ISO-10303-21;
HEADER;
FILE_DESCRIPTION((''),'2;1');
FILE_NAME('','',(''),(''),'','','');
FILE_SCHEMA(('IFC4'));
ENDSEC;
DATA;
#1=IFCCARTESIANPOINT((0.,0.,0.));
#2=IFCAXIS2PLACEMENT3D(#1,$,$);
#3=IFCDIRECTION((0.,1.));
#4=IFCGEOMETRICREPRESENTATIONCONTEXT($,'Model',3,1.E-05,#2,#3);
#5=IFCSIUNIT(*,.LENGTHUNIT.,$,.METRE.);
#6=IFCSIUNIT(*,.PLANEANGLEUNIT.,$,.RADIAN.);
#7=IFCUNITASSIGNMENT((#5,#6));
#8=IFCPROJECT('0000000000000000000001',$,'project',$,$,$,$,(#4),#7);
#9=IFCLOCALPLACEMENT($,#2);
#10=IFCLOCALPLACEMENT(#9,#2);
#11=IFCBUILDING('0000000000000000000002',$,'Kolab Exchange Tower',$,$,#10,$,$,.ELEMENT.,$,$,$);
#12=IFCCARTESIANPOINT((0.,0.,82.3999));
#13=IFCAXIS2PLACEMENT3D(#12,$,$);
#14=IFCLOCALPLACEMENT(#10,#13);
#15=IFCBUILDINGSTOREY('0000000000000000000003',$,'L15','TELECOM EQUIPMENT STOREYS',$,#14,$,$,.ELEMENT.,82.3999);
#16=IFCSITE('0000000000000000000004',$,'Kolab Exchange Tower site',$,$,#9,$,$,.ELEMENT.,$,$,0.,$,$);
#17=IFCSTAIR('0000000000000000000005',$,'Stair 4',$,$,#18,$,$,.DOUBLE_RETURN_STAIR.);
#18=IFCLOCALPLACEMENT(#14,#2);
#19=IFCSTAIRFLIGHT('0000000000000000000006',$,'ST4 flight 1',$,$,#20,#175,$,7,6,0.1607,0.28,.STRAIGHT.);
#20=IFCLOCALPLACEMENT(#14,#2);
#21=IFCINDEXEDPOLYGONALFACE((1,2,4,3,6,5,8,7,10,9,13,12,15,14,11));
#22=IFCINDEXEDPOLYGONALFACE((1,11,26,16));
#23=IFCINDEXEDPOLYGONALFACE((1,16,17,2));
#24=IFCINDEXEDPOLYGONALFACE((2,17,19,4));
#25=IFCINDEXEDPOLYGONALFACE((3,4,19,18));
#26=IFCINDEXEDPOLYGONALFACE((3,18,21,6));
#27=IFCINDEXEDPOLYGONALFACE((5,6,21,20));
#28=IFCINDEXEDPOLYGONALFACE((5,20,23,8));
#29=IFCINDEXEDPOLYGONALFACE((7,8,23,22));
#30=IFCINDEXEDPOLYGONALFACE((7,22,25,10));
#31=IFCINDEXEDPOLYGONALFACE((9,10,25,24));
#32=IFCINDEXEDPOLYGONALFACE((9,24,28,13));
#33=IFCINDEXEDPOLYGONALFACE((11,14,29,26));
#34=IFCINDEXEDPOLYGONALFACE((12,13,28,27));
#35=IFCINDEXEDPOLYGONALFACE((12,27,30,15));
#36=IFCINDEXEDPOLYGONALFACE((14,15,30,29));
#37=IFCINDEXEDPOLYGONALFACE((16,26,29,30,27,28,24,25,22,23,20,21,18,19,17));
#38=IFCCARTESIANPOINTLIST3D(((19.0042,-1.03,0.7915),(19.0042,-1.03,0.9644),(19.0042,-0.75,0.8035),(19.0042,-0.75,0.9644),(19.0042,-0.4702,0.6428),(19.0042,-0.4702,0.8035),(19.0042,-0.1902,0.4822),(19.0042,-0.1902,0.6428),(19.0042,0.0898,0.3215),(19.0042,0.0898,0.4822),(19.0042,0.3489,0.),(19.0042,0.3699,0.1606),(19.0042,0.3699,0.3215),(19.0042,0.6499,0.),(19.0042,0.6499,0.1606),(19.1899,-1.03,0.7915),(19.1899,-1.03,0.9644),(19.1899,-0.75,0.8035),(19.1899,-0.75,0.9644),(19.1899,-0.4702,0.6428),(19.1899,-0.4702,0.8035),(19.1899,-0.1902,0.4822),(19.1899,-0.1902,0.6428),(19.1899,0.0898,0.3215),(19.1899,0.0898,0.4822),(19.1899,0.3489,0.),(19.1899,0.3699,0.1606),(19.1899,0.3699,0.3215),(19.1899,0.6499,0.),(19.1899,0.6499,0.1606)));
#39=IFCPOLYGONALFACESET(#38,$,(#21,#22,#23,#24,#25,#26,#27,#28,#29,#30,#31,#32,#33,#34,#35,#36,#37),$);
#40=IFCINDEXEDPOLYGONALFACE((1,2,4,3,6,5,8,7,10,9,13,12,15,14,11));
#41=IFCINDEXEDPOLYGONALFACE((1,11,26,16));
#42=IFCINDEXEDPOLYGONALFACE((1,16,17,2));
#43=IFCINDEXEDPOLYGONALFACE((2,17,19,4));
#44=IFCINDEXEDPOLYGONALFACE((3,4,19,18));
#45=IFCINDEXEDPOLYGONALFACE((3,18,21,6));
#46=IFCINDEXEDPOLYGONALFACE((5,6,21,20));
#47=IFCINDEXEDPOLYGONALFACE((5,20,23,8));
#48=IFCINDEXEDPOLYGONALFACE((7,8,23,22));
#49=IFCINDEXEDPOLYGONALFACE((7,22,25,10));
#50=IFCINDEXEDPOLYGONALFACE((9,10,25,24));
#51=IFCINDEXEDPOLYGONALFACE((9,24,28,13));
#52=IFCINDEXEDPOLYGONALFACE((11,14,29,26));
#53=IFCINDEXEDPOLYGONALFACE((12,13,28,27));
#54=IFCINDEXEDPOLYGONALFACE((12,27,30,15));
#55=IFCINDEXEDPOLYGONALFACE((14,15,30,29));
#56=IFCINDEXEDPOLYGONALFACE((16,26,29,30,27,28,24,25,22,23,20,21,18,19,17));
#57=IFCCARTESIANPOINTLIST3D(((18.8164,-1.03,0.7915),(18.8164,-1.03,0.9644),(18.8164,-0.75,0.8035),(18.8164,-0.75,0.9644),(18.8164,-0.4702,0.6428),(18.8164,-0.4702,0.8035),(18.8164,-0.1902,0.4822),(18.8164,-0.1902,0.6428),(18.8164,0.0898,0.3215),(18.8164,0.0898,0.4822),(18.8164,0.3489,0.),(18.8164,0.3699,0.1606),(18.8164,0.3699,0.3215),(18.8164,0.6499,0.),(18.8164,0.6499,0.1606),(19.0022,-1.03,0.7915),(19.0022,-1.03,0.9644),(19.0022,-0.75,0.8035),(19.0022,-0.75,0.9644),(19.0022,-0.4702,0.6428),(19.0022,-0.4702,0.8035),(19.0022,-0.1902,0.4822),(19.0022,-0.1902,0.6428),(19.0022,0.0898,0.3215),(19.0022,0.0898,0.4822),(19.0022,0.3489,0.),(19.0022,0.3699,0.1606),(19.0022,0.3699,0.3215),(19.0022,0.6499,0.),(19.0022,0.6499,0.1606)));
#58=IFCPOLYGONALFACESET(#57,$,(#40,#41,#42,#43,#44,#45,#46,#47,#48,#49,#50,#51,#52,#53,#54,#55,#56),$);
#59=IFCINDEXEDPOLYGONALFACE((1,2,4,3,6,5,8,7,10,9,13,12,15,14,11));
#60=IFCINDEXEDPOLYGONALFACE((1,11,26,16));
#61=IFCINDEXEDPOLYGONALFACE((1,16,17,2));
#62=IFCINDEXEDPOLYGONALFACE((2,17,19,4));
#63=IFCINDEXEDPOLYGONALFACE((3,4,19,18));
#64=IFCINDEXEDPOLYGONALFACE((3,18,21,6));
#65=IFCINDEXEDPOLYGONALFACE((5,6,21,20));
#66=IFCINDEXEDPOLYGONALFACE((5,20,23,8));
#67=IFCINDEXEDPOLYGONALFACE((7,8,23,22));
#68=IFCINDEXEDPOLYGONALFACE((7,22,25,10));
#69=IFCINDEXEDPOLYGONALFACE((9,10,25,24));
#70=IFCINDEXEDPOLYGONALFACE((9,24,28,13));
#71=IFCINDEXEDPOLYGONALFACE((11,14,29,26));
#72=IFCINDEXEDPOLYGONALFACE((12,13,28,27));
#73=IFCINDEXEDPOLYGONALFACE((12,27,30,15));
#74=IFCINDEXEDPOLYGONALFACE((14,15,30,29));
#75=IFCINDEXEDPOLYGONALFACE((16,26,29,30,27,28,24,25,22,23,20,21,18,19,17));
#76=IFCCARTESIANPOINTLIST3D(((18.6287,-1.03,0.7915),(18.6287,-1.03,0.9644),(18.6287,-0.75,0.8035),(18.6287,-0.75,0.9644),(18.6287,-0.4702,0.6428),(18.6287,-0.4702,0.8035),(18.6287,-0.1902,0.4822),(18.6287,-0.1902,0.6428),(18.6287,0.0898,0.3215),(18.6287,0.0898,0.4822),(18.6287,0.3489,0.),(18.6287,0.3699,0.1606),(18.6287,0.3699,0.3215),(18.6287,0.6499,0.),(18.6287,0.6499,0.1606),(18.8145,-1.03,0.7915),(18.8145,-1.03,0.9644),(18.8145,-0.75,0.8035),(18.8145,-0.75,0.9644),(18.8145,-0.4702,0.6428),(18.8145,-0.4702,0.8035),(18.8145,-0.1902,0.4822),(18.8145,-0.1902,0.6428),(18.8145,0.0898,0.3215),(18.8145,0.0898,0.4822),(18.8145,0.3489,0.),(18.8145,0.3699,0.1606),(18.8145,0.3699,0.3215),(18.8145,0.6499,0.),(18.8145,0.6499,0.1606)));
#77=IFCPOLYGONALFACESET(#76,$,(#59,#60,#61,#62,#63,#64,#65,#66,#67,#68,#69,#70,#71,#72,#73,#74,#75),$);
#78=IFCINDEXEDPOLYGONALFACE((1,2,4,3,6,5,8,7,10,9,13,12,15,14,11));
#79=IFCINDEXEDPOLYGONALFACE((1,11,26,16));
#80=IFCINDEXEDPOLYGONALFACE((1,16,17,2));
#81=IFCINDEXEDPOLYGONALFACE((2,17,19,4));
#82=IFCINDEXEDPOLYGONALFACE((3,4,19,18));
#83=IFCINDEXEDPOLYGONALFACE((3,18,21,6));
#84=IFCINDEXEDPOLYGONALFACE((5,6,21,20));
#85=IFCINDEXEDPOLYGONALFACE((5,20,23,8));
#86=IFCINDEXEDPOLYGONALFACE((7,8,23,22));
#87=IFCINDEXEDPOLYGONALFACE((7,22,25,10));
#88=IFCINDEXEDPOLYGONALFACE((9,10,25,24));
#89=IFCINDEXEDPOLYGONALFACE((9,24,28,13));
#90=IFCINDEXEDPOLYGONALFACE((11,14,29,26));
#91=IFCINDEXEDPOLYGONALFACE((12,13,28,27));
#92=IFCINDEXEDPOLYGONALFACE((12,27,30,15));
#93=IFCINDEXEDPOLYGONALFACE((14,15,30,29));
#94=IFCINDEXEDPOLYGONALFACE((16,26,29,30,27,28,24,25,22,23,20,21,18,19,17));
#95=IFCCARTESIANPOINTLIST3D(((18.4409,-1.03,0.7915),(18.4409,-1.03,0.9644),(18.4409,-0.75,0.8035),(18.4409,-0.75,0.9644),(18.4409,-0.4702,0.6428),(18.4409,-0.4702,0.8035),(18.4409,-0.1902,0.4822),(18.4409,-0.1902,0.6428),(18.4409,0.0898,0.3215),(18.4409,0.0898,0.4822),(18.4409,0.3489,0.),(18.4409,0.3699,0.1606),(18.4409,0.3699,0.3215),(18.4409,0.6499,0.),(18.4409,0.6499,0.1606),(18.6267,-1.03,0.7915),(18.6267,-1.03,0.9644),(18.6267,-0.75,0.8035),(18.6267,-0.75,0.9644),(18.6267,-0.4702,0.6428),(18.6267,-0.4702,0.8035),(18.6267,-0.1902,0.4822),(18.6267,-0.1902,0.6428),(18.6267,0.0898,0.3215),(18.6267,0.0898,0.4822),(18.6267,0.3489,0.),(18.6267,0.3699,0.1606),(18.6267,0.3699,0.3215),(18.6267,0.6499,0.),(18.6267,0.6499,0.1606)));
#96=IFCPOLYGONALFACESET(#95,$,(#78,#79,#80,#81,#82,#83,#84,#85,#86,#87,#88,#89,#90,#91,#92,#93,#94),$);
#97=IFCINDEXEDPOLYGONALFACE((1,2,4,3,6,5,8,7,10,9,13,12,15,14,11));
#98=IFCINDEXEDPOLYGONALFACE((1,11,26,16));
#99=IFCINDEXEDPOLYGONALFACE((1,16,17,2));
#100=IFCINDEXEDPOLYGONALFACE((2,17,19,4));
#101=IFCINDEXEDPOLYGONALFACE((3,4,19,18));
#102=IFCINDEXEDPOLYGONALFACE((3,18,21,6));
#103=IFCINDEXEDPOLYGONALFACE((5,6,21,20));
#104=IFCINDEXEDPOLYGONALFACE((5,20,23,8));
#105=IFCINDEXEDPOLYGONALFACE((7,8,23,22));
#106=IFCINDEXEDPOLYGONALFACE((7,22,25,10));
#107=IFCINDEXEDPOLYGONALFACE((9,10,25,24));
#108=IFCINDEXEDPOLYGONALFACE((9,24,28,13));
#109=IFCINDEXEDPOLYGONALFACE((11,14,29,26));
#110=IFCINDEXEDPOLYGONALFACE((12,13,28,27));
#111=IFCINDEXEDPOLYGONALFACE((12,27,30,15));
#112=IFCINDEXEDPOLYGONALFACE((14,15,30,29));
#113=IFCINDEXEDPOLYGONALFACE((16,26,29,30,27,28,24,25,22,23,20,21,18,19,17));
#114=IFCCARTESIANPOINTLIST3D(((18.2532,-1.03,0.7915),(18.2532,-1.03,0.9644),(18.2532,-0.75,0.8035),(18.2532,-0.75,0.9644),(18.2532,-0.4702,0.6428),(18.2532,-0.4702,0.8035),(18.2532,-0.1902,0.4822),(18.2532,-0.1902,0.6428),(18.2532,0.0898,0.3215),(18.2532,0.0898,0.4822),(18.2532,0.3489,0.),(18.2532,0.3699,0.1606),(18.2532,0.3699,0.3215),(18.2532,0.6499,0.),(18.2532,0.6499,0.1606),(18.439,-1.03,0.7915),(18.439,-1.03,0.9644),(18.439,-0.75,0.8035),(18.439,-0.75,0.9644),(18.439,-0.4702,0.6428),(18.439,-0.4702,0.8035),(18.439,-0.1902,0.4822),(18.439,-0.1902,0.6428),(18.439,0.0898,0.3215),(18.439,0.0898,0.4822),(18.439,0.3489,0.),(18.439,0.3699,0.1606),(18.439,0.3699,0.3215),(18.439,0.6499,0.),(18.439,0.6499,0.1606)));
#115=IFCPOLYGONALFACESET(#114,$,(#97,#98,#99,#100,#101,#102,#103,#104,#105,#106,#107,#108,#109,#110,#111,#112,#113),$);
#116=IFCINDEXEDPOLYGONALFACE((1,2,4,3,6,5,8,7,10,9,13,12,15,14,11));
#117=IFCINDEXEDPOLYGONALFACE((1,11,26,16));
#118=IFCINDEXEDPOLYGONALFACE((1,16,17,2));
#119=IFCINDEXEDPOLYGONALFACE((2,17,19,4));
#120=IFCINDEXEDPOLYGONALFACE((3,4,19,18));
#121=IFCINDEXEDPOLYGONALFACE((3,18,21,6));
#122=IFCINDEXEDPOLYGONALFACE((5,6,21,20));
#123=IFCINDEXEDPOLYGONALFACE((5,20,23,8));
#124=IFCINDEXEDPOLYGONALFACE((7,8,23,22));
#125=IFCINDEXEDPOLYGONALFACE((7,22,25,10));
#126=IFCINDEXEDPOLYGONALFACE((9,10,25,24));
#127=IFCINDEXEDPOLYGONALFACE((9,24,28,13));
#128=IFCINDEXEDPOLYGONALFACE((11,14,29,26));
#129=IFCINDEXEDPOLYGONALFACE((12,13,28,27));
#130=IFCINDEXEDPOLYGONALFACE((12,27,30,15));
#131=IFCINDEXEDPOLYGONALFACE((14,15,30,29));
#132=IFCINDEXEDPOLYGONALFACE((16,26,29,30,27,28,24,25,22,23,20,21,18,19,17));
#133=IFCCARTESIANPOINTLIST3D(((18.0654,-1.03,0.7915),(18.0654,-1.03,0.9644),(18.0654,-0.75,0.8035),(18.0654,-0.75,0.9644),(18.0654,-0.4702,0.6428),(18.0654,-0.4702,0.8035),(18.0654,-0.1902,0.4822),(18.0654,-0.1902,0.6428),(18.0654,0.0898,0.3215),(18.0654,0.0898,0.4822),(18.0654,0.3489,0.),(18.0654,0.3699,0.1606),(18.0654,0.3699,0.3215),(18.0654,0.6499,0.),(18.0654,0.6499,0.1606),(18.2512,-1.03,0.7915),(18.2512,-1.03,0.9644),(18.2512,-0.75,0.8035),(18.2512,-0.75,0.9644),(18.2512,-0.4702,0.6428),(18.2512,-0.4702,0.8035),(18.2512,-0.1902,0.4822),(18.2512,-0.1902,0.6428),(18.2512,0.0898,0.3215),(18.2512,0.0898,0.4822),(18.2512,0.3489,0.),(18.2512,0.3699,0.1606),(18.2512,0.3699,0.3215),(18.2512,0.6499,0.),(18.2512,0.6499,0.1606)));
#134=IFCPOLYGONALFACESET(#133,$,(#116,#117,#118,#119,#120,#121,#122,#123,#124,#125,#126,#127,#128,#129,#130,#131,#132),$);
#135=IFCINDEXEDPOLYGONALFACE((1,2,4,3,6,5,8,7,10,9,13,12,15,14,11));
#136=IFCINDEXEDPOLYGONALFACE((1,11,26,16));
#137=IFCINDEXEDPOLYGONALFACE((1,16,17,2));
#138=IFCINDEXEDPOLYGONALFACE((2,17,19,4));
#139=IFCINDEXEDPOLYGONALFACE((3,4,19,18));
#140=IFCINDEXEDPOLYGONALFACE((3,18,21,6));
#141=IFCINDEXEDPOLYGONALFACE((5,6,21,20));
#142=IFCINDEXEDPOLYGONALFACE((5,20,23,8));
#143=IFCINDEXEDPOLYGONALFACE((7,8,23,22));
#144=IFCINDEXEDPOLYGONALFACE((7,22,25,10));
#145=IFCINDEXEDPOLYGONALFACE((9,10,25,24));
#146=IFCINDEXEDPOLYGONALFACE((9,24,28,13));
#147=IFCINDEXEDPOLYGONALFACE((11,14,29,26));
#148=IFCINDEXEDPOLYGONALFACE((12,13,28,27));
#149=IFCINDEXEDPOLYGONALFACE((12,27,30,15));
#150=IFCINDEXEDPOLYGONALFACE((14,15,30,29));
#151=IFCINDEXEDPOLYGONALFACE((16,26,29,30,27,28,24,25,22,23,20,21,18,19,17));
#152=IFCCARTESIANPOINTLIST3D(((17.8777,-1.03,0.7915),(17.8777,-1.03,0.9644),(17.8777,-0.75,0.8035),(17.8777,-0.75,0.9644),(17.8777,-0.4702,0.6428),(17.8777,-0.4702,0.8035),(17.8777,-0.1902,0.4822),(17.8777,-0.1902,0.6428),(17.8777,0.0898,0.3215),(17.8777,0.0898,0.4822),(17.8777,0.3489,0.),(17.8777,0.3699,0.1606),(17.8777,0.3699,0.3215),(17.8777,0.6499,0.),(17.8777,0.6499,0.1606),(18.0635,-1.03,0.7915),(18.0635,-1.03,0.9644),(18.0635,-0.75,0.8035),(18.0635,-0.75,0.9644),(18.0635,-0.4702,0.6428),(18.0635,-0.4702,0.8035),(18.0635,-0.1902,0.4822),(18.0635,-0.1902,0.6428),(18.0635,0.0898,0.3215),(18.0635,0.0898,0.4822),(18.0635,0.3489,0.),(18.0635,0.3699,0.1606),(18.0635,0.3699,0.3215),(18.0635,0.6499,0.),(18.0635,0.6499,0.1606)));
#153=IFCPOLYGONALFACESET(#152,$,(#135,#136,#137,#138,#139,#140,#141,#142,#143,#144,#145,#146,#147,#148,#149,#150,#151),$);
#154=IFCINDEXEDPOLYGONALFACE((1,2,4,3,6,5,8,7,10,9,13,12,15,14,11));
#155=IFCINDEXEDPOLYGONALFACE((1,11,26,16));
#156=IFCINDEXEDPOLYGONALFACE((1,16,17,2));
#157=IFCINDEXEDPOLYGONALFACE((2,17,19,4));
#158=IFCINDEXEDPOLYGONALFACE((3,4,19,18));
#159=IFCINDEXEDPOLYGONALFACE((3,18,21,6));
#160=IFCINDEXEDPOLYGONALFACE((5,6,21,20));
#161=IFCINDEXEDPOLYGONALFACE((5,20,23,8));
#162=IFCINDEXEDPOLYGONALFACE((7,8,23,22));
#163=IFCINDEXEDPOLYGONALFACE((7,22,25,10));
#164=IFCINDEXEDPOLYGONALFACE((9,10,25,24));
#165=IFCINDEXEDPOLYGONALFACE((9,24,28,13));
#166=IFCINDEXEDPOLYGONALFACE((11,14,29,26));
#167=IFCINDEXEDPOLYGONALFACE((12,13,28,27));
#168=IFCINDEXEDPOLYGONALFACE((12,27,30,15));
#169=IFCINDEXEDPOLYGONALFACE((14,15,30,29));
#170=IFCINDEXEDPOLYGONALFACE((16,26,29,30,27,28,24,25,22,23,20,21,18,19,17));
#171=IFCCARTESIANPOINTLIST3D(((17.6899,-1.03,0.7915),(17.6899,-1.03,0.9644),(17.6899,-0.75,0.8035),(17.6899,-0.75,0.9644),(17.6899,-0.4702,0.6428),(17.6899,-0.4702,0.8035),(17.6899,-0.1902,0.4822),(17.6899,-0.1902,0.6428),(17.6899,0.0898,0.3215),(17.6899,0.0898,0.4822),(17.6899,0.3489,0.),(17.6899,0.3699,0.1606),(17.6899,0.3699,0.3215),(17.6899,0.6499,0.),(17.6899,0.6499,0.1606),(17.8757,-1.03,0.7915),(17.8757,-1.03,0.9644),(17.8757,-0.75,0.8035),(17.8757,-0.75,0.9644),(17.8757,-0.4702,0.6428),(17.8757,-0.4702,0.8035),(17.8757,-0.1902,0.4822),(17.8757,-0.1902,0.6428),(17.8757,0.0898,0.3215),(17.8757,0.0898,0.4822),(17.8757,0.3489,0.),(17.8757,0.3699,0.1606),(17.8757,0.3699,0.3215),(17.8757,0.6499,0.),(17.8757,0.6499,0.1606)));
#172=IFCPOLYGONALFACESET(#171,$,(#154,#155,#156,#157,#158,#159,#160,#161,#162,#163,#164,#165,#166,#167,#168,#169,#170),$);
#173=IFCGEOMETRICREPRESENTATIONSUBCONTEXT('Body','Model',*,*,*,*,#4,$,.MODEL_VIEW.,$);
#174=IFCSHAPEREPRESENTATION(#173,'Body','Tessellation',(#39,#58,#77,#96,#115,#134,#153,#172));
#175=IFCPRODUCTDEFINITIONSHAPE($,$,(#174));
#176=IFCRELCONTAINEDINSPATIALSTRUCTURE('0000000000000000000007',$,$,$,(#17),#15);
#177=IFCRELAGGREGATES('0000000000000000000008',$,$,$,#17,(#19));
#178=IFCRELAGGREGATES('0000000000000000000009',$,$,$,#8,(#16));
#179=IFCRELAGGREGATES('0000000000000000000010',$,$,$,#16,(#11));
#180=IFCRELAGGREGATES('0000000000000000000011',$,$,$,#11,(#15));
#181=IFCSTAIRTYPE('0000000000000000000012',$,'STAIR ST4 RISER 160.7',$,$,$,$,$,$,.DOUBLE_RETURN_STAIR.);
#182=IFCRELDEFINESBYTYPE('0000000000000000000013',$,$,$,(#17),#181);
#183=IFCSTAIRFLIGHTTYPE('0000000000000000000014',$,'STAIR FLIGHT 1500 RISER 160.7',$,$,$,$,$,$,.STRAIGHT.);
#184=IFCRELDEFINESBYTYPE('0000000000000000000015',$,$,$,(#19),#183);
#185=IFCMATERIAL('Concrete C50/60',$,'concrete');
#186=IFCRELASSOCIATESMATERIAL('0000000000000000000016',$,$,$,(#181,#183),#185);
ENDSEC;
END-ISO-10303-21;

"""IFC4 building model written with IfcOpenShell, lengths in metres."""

from ifc_helpers import new_model, si_unit, direction, frame, origin, place, context, subcontext, project, spatial, polyline, outline, extrude, material, type_object, element, aggregate, save


model = new_model("IFC4")

# Units and contexts
model_context = context("Model", 3, precision=1e-05, world=origin(), true_north=direction((0.0, 1.0)))
body_context = subcontext(model_context, "Body", "Model", "MODEL_VIEW")
ifc_project = project(units=[si_unit("LENGTHUNIT", "METRE"), si_unit("PLANEANGLEUNIT", "RADIAN")], contexts=[model_context])

# Site, building, storey
site_placement = place(None, origin())
site = spatial("IfcSite", under=ifc_project, at=site_placement, Name="Kolab Exchange Tower site", CompositionType="ELEMENT", RefElevation=0.0)
building_placement = place(site_placement, origin())
building = spatial("IfcBuilding", under=site, at=building_placement, Name="Kolab Exchange Tower", CompositionType="ELEMENT")
storey_placement = place(building_placement, frame((0.0, 0.0, 82.3999)))
storey = spatial("IfcBuildingStorey", under=building, at=storey_placement, Name="L15", Description="TELECOM EQUIPMENT STOREYS", CompositionType="ELEMENT", Elevation=82.3999)

# Shared definitions
ifc_material_1 = material(Name="Concrete C50/60", Category="concrete")

# Stair, stair flight
stair_type = type_object("IfcStairType", Name="STAIR ST4 RISER 160.7", PredefinedType="DOUBLE_RETURN_STAIR", material=ifc_material_1)
stair_placement = place(storey_placement, origin())
stair = element("IfcStair", 1, at=stair_placement, inside=storey, type_object=stair_type, Name="Stair 4", PredefinedType="DOUBLE_RETURN_STAIR")
stair_flight_type = type_object("IfcStairFlightType", Name="STAIR FLIGHT 1500 RISER 160.7", PredefinedType="STRAIGHT", material=ifc_material_1)
stair_flight_1_placement = place(storey_placement, frame((18.4399, 0.6499, 0.0), z_axis=(0.0, 0.0, 1.0), x_axis=(0.0, -1.0, 0.0)))
stair_flight_1 = element("IfcStairFlight", 2, at=stair_flight_1_placement, type_object=stair_flight_type, Name="ST4 flight 1", NumberOfRisers=7, NumberOfTreads=6, PredefinedType="STRAIGHT", RiserHeight=0.1607, TreadLength=0.28, context=body_context, shape_type="SweptSolid", body=[
    extrude(outline(polyline([(0.0, 0.0), (0.0, 0.1606), (0.28, 0.1606), (0.28, 0.3215), (0.5601, 0.3215), (0.5601, 0.4822), (0.8401, 0.4822), (0.8401, 0.6428), (1.1201, 0.6428), (1.1201, 0.8035), (1.3999, 0.8035), (1.3999, 0.9644), (1.6799, 0.9644), (1.6799, 1.125), (1.6799, 0.7915), (0.301, 0.0), (0.0, 0.0)])), frame((0.0, 0.75, 0.0), z_axis=(0.0, -1.0, 0.0), x_axis=(1.0, 0.0, 0.0)), (0.0, 0.0, 1.0), 0.1858),
    extrude(outline(polyline([(0.0, 0.0), (0.0, 0.1606), (0.28, 0.1606), (0.28, 0.3215), (0.5601, 0.3215), (0.5601, 0.4822), (0.8401, 0.4822), (0.8401, 0.6428), (1.1201, 0.6428), (1.1201, 0.8035), (1.3999, 0.8035), (1.3999, 0.9644), (1.6799, 0.9644), (1.6799, 1.125), (1.6799, 0.7915), (0.301, 0.0), (0.0, 0.0)])), frame((0.0, 0.5623, 0.0), z_axis=(0.0, -1.0, 0.0), x_axis=(1.0, 0.0, 0.0)), (0.0, 0.0, 1.0), 0.1858),
    extrude(outline(polyline([(0.0, 0.0), (0.0, 0.1606), (0.28, 0.1606), (0.28, 0.3215), (0.5601, 0.3215), (0.5601, 0.4822), (0.8401, 0.4822), (0.8401, 0.6428), (1.1201, 0.6428), (1.1201, 0.8035), (1.3999, 0.8035), (1.3999, 0.9644), (1.6799, 0.9644), (1.6799, 1.125), (1.6799, 0.7915), (0.301, 0.0), (0.0, 0.0)])), frame((0.0, 0.3745, 0.0), z_axis=(0.0, -1.0, 0.0), x_axis=(1.0, 0.0, 0.0)), (0.0, 0.0, 1.0), 0.1858),
    extrude(outline(polyline([(0.0, 0.0), (0.0, 0.1606), (0.28, 0.1606), (0.28, 0.3215), (0.5601, 0.3215), (0.5601, 0.4822), (0.8401, 0.4822), (0.8401, 0.6428), (1.1201, 0.6428), (1.1201, 0.8035), (1.3999, 0.8035), (1.3999, 0.9644), (1.6799, 0.9644), (1.6799, 1.125), (1.6799, 0.7915), (0.301, 0.0), (0.0, 0.0)])), frame((0.0, 0.1868, 0.0), z_axis=(0.0, -1.0, 0.0), x_axis=(1.0, 0.0, 0.0)), (0.0, 0.0, 1.0), 0.1858),
    extrude(outline(polyline([(0.0, 0.0), (0.0, 0.1606), (0.28, 0.1606), (0.28, 0.3215), (0.5601, 0.3215), (0.5601, 0.4822), (0.8401, 0.4822), (0.8401, 0.6428), (1.1201, 0.6428), (1.1201, 0.8035), (1.3999, 0.8035), (1.3999, 0.9644), (1.6799, 0.9644), (1.6799, 1.125), (1.6799, 0.7915), (0.301, 0.0), (0.0, 0.0)])), frame((0.0, -0.001, 0.0), z_axis=(0.0, -1.0, 0.0), x_axis=(1.0, 0.0, 0.0)), (0.0, 0.0, 1.0), 0.1858),
    extrude(outline(polyline([(0.0, 0.0), (0.0, 0.1606), (0.28, 0.1606), (0.28, 0.3215), (0.5601, 0.3215), (0.5601, 0.4822), (0.8401, 0.4822), (0.8401, 0.6428), (1.1201, 0.6428), (1.1201, 0.8035), (1.3999, 0.8035), (1.3999, 0.9644), (1.6799, 0.9644), (1.6799, 1.125), (1.6799, 0.7915), (0.301, 0.0), (0.0, 0.0)])), frame((0.0, -0.1887, 0.0), z_axis=(0.0, -1.0, 0.0), x_axis=(1.0, 0.0, 0.0)), (0.0, 0.0, 1.0), 0.1858),
    extrude(outline(polyline([(0.0, 0.0), (0.0, 0.1606), (0.28, 0.1606), (0.28, 0.3215), (0.5601, 0.3215), (0.5601, 0.4822), (0.8401, 0.4822), (0.8401, 0.6428), (1.1201, 0.6428), (1.1201, 0.8035), (1.3999, 0.8035), (1.3999, 0.9644), (1.6799, 0.9644), (1.6799, 1.125), (1.6799, 0.7915), (0.301, 0.0), (0.0, 0.0)])), frame((0.0, -0.3765, 0.0), z_axis=(0.0, -1.0, 0.0), x_axis=(1.0, 0.0, 0.0)), (0.0, 0.0, 1.0), 0.1858),
    extrude(outline(polyline([(0.0, 0.0), (0.0, 0.1606), (0.28, 0.1606), (0.28, 0.3215), (0.5601, 0.3215), (0.5601, 0.4822), (0.8401, 0.4822), (0.8401, 0.6428), (1.1201, 0.6428), (1.1201, 0.8035), (1.3999, 0.8035), (1.3999, 0.9644), (1.6799, 0.9644), (1.6799, 1.125), (1.6799, 0.7915), (0.301, 0.0), (0.0, 0.0)])), frame((0.0, -0.5642, 0.0), z_axis=(0.0, -1.0, 0.0), x_axis=(1.0, 0.0, 0.0)), (0.0, 0.0, 1.0), 0.1858),
])
aggregate(stair, [stair_flight_1])

save(model, "model.ifc")
